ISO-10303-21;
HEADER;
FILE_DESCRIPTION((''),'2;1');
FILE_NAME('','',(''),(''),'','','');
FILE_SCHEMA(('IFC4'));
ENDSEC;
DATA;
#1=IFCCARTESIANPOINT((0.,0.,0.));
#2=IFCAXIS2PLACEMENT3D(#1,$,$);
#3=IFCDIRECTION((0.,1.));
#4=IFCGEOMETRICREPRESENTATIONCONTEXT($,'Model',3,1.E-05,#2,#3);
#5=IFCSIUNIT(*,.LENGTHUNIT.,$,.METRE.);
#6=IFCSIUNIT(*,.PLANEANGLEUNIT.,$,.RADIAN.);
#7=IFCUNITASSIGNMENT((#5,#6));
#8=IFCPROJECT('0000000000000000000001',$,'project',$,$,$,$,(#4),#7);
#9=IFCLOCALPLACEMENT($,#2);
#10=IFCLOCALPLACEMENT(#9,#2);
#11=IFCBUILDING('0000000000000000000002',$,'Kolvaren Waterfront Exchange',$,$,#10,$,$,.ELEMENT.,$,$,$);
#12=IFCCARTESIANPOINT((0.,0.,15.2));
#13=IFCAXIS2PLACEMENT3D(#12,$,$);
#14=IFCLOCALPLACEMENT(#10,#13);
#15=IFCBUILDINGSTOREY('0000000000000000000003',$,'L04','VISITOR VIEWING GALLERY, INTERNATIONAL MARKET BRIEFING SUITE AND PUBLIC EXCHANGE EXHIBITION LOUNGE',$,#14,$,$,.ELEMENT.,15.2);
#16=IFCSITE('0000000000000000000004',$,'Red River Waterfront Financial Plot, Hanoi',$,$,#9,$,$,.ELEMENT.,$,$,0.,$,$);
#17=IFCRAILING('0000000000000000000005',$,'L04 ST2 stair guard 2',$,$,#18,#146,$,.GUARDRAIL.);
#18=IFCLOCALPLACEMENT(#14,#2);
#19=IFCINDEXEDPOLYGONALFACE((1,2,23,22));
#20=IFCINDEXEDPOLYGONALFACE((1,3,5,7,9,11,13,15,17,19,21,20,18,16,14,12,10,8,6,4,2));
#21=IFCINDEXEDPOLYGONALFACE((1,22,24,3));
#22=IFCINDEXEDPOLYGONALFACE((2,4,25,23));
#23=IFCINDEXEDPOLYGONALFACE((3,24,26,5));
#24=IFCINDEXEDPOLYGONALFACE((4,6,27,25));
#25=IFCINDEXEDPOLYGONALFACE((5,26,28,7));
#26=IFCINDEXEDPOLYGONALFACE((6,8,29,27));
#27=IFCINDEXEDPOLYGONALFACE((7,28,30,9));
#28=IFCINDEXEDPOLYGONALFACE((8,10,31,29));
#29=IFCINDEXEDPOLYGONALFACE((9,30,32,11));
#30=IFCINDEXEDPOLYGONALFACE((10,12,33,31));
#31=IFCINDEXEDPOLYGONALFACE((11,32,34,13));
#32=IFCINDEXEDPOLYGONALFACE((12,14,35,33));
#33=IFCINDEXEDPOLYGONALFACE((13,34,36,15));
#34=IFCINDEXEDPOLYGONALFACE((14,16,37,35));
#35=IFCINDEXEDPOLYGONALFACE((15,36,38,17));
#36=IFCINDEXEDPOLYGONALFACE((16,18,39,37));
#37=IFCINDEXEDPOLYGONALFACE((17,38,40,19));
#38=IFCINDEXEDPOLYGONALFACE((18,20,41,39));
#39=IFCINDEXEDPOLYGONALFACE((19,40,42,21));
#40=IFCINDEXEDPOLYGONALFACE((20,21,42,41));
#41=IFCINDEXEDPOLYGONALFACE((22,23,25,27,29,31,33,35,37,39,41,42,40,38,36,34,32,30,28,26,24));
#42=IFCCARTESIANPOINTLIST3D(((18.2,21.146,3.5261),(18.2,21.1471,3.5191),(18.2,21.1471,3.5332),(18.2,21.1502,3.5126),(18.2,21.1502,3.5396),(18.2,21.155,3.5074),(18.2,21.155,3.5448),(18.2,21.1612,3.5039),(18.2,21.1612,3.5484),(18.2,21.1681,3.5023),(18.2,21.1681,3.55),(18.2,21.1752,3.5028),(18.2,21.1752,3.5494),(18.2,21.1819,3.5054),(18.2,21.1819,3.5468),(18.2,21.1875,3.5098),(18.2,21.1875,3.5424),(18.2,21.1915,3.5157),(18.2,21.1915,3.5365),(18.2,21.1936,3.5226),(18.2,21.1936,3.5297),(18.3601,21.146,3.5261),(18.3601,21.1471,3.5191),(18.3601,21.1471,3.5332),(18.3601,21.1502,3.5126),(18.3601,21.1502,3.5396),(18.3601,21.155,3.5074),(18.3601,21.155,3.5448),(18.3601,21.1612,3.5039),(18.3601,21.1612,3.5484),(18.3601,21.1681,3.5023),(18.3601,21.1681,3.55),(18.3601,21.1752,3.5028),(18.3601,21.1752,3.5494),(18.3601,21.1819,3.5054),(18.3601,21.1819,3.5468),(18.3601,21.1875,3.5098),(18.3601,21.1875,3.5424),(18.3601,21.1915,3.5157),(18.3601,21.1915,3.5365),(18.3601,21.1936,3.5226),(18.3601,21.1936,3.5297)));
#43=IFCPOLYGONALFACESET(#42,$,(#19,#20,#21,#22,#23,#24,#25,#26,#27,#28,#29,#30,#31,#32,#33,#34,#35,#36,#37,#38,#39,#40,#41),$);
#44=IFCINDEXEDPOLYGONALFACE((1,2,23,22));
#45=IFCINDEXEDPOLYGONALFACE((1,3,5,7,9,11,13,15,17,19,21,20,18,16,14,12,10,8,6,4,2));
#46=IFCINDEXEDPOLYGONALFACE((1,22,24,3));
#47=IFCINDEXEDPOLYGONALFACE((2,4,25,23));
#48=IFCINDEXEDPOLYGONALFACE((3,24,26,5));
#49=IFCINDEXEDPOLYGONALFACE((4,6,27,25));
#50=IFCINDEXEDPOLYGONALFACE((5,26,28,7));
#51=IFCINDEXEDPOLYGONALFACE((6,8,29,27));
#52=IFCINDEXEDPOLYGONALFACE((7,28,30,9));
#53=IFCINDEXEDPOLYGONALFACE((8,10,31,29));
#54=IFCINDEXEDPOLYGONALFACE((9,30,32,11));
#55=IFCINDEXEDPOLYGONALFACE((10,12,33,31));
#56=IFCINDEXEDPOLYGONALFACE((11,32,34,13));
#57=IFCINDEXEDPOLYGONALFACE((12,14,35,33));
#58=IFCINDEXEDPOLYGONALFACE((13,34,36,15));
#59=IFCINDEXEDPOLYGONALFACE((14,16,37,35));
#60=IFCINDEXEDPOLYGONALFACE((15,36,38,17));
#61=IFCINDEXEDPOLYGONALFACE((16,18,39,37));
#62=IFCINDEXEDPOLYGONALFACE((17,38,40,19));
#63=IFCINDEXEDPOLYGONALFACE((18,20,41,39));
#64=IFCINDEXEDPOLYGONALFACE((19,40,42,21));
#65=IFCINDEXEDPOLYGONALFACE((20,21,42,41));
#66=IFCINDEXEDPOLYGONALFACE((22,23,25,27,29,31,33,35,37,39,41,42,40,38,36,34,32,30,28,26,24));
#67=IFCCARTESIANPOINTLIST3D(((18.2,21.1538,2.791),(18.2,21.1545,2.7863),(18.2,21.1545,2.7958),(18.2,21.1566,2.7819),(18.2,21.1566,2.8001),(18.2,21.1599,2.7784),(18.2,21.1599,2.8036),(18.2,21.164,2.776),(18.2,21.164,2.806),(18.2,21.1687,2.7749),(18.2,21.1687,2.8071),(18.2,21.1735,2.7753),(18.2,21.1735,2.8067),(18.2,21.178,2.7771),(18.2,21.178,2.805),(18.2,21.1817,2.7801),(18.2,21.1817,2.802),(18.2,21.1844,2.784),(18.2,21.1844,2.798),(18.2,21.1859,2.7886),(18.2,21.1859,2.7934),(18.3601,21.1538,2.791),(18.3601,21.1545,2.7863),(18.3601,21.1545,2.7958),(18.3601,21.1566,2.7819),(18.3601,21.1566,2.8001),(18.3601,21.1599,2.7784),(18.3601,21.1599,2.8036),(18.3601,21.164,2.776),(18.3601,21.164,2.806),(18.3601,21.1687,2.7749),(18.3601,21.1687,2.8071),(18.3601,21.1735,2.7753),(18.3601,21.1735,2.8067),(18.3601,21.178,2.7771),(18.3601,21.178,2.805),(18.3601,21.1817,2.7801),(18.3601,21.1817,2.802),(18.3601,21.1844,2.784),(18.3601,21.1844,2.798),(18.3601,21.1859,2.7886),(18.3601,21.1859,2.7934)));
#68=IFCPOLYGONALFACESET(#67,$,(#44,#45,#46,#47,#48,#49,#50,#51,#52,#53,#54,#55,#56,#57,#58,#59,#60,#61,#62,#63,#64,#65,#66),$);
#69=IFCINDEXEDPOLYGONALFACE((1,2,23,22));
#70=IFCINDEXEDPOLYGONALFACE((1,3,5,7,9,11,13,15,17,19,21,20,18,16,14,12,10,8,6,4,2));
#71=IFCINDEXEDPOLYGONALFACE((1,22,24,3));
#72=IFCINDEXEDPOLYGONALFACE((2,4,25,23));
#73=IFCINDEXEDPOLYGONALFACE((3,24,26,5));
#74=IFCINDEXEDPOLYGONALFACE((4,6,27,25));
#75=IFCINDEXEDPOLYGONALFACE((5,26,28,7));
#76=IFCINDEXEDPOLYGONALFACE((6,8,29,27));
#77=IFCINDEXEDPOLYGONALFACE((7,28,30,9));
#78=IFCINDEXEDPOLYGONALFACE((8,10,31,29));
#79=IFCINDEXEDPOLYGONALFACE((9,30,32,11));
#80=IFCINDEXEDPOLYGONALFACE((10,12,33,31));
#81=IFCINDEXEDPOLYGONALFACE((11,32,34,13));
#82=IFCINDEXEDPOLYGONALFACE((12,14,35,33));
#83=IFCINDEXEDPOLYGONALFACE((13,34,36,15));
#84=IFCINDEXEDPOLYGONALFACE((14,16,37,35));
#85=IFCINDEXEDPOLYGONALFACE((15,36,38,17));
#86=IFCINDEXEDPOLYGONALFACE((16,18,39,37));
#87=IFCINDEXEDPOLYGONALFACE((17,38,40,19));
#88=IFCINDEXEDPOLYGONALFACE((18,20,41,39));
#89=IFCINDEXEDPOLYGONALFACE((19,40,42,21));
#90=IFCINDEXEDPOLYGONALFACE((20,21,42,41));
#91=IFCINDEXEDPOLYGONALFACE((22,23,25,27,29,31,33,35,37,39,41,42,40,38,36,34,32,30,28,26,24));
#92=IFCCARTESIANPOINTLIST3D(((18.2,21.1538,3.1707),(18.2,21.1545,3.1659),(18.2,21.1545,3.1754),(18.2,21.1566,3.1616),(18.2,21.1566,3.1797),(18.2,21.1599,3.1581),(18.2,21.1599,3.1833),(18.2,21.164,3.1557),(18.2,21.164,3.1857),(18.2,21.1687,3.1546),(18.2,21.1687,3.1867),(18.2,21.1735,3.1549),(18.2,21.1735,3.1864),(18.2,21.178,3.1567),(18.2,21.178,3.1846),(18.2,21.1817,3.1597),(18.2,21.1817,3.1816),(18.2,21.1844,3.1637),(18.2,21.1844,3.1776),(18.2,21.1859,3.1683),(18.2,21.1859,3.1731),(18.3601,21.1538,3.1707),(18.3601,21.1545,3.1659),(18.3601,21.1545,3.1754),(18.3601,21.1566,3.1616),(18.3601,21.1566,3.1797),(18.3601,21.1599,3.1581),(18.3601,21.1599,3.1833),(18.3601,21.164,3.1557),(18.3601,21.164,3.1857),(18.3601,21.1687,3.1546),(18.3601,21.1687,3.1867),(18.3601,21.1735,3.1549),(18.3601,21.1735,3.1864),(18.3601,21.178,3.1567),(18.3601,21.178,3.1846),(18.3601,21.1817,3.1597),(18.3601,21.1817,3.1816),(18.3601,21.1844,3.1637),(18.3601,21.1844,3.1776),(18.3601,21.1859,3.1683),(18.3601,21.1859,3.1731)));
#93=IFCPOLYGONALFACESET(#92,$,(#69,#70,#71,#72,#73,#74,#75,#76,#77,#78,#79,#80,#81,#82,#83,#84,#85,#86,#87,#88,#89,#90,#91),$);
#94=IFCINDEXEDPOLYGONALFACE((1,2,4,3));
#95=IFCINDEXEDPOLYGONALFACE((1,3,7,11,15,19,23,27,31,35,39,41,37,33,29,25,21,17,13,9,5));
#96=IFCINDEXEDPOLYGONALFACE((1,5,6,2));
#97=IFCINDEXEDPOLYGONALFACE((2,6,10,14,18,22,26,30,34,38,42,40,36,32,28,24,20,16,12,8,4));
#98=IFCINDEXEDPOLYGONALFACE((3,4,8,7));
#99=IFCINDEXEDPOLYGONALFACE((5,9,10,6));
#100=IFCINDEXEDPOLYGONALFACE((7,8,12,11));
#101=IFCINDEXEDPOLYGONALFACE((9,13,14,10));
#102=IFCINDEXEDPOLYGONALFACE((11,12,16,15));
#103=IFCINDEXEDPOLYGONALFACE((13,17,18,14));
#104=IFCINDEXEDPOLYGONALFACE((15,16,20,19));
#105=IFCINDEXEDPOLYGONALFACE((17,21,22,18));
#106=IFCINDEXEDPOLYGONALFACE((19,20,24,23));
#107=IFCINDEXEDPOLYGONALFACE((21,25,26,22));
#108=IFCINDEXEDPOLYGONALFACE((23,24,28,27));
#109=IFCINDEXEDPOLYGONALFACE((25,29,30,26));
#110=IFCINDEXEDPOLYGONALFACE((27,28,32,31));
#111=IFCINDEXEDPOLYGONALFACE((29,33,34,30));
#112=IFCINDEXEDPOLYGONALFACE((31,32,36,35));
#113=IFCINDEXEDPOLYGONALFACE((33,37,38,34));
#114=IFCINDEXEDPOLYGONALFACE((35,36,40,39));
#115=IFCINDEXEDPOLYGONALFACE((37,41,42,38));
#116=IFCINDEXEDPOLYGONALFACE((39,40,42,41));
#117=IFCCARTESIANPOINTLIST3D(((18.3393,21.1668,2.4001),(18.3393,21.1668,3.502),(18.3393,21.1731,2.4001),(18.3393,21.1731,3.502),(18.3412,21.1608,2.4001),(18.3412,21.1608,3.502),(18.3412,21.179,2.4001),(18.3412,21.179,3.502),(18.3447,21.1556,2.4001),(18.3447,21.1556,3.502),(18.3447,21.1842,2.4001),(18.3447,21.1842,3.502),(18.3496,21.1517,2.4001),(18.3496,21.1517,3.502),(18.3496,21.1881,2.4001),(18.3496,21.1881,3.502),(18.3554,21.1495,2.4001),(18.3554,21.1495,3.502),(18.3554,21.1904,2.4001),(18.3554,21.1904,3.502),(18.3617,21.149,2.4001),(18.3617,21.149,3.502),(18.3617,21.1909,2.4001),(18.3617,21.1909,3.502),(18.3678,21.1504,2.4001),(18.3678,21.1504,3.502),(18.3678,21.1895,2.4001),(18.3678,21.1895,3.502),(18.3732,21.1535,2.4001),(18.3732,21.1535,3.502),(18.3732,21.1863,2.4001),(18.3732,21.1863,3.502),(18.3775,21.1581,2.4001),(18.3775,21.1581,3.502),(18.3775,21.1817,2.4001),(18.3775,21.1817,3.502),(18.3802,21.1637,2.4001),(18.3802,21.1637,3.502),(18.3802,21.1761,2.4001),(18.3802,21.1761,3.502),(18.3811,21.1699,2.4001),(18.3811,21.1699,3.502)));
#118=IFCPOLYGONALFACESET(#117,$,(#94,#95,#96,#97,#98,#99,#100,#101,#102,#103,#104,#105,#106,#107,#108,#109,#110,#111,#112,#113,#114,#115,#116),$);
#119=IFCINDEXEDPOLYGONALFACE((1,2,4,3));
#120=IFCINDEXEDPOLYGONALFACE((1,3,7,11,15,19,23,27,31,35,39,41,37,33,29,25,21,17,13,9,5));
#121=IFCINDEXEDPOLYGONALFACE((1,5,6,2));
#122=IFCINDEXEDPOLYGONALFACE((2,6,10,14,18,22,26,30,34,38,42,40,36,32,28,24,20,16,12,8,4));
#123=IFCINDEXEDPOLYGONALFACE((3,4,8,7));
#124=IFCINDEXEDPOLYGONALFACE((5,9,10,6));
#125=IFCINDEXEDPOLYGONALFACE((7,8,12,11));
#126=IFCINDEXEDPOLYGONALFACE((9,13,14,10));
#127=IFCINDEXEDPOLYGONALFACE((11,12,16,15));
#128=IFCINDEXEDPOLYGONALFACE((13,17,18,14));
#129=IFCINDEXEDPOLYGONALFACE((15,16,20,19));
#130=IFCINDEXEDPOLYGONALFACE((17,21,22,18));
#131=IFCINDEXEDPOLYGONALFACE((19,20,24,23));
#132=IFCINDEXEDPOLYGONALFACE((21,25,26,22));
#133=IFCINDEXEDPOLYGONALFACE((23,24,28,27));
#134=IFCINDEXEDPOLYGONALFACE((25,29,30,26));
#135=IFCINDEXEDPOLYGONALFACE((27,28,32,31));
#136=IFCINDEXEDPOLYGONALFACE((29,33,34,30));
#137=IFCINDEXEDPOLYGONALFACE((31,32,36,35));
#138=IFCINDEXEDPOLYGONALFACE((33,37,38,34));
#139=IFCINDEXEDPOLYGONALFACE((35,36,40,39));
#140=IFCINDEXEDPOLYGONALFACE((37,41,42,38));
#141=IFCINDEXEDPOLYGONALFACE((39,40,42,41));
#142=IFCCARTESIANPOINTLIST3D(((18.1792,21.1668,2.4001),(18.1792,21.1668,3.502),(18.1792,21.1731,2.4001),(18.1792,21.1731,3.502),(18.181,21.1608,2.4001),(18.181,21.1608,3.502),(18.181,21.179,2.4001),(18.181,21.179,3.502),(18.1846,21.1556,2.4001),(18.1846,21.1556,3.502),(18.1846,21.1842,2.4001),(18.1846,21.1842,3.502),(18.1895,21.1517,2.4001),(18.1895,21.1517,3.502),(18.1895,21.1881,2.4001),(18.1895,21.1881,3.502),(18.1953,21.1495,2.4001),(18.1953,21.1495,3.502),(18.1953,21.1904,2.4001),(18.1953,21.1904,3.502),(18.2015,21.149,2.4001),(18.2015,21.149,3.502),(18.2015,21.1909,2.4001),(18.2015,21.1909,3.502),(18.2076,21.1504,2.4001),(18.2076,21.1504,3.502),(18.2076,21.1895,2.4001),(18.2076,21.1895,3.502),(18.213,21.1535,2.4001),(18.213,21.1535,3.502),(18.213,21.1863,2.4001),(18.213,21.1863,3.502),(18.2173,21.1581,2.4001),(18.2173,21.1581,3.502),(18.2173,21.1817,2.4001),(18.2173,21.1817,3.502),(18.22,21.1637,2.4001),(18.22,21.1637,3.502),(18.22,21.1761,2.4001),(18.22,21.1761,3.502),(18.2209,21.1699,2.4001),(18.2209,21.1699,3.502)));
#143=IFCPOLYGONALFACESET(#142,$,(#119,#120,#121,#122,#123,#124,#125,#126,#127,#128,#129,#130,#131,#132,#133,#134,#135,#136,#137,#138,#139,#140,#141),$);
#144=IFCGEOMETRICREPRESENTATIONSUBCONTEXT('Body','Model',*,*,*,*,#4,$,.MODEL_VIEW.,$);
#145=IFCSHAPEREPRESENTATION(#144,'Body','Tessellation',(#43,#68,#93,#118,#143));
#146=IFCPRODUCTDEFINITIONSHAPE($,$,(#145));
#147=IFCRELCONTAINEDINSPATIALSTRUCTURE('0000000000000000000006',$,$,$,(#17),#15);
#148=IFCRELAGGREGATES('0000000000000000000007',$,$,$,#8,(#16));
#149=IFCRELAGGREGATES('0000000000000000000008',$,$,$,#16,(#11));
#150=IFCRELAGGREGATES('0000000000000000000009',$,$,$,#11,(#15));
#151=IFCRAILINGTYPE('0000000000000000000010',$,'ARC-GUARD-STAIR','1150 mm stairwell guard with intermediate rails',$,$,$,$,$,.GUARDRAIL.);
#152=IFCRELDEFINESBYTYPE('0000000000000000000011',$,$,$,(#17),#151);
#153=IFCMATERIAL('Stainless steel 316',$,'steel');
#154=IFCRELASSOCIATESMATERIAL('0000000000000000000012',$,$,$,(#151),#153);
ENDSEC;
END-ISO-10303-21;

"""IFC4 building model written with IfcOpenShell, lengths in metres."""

from ifc_helpers import new_model, si_unit, direction, frame, origin, origin_2d, place, context, subcontext, project, spatial, circle, extrude, material, type_object, element, save


model = new_model("IFC4")

# Units and contexts
model_context = context("Model", 3, precision=1e-05, world=origin(), true_north=direction((0.0, 1.0)))
body_context = subcontext(model_context, "Body", "Model", "MODEL_VIEW")
ifc_project = project(units=[si_unit("LENGTHUNIT", "METRE"), si_unit("PLANEANGLEUNIT", "RADIAN")], contexts=[model_context])

# Site, building, storey
site_placement = place(None, origin())
site = spatial("IfcSite", under=ifc_project, at=site_placement, Name="Red River Waterfront Financial Plot, Hanoi", CompositionType="ELEMENT", RefElevation=0.0)
building_placement = place(site_placement, origin())
building = spatial("IfcBuilding", under=site, at=building_placement, Name="Kolvaren Waterfront Exchange", CompositionType="ELEMENT")
storey_placement = place(building_placement, frame((0.0, 0.0, 15.2)))
storey = spatial("IfcBuildingStorey", under=building, at=storey_placement, Name="L04", Description="VISITOR VIEWING GALLERY, INTERNATIONAL MARKET BRIEFING SUITE AND PUBLIC EXCHANGE EXHIBITION LOUNGE", CompositionType="ELEMENT", Elevation=15.2)

# Railing
ifc_material_1 = material(Name="Stainless steel 316", Category="steel")
railing_type_1 = type_object("IfcRailingType", Name="ARC-GUARD-STAIR", Description="1150 mm stairwell guard with intermediate rails", PredefinedType="GUARDRAIL", material=ifc_material_1)
railing_1_placement = place(storey_placement, frame((18.3601, 21.1699, 2.4001)))
element("IfcRailing", 1, at=railing_1_placement, inside=storey, type_object=railing_type_1, Name="L04 ST2 stair guard 2", PredefinedType="GUARDRAIL", context=body_context, shape_type="SweptSolid", body=[
    extrude(circle(Radius=0.0239, at=origin_2d()), frame((0.0, 0.0, 1.126), z_axis=(-1.0, 0.0, 0.0), x_axis=(0.0, -1.0, 0.0)), (0.0, 0.0, 1.0), 0.1602),
    extrude(circle(Radius=0.0161, at=origin_2d()), frame((0.0, 0.0, 0.3909), z_axis=(-1.0, 0.0, 0.0), x_axis=(0.0, -1.0, 0.0)), (0.0, 0.0, 1.0), 0.1602),
    extrude(circle(Radius=0.0161, at=origin_2d()), frame((0.0, 0.0, 0.7705), z_axis=(-1.0, 0.0, 0.0), x_axis=(0.0, -1.0, 0.0)), (0.0, 0.0, 1.0), 0.1602),
    extrude(circle(Radius=0.021, at=origin_2d()), origin(), (0.0, 0.0, 1.0), 1.1018),
    extrude(circle(Radius=0.021, at=origin_2d()), frame((-0.1602, 0.0, 0.0)), (0.0, 0.0, 1.0), 1.1018),
])

save(model, "model.ifc")
